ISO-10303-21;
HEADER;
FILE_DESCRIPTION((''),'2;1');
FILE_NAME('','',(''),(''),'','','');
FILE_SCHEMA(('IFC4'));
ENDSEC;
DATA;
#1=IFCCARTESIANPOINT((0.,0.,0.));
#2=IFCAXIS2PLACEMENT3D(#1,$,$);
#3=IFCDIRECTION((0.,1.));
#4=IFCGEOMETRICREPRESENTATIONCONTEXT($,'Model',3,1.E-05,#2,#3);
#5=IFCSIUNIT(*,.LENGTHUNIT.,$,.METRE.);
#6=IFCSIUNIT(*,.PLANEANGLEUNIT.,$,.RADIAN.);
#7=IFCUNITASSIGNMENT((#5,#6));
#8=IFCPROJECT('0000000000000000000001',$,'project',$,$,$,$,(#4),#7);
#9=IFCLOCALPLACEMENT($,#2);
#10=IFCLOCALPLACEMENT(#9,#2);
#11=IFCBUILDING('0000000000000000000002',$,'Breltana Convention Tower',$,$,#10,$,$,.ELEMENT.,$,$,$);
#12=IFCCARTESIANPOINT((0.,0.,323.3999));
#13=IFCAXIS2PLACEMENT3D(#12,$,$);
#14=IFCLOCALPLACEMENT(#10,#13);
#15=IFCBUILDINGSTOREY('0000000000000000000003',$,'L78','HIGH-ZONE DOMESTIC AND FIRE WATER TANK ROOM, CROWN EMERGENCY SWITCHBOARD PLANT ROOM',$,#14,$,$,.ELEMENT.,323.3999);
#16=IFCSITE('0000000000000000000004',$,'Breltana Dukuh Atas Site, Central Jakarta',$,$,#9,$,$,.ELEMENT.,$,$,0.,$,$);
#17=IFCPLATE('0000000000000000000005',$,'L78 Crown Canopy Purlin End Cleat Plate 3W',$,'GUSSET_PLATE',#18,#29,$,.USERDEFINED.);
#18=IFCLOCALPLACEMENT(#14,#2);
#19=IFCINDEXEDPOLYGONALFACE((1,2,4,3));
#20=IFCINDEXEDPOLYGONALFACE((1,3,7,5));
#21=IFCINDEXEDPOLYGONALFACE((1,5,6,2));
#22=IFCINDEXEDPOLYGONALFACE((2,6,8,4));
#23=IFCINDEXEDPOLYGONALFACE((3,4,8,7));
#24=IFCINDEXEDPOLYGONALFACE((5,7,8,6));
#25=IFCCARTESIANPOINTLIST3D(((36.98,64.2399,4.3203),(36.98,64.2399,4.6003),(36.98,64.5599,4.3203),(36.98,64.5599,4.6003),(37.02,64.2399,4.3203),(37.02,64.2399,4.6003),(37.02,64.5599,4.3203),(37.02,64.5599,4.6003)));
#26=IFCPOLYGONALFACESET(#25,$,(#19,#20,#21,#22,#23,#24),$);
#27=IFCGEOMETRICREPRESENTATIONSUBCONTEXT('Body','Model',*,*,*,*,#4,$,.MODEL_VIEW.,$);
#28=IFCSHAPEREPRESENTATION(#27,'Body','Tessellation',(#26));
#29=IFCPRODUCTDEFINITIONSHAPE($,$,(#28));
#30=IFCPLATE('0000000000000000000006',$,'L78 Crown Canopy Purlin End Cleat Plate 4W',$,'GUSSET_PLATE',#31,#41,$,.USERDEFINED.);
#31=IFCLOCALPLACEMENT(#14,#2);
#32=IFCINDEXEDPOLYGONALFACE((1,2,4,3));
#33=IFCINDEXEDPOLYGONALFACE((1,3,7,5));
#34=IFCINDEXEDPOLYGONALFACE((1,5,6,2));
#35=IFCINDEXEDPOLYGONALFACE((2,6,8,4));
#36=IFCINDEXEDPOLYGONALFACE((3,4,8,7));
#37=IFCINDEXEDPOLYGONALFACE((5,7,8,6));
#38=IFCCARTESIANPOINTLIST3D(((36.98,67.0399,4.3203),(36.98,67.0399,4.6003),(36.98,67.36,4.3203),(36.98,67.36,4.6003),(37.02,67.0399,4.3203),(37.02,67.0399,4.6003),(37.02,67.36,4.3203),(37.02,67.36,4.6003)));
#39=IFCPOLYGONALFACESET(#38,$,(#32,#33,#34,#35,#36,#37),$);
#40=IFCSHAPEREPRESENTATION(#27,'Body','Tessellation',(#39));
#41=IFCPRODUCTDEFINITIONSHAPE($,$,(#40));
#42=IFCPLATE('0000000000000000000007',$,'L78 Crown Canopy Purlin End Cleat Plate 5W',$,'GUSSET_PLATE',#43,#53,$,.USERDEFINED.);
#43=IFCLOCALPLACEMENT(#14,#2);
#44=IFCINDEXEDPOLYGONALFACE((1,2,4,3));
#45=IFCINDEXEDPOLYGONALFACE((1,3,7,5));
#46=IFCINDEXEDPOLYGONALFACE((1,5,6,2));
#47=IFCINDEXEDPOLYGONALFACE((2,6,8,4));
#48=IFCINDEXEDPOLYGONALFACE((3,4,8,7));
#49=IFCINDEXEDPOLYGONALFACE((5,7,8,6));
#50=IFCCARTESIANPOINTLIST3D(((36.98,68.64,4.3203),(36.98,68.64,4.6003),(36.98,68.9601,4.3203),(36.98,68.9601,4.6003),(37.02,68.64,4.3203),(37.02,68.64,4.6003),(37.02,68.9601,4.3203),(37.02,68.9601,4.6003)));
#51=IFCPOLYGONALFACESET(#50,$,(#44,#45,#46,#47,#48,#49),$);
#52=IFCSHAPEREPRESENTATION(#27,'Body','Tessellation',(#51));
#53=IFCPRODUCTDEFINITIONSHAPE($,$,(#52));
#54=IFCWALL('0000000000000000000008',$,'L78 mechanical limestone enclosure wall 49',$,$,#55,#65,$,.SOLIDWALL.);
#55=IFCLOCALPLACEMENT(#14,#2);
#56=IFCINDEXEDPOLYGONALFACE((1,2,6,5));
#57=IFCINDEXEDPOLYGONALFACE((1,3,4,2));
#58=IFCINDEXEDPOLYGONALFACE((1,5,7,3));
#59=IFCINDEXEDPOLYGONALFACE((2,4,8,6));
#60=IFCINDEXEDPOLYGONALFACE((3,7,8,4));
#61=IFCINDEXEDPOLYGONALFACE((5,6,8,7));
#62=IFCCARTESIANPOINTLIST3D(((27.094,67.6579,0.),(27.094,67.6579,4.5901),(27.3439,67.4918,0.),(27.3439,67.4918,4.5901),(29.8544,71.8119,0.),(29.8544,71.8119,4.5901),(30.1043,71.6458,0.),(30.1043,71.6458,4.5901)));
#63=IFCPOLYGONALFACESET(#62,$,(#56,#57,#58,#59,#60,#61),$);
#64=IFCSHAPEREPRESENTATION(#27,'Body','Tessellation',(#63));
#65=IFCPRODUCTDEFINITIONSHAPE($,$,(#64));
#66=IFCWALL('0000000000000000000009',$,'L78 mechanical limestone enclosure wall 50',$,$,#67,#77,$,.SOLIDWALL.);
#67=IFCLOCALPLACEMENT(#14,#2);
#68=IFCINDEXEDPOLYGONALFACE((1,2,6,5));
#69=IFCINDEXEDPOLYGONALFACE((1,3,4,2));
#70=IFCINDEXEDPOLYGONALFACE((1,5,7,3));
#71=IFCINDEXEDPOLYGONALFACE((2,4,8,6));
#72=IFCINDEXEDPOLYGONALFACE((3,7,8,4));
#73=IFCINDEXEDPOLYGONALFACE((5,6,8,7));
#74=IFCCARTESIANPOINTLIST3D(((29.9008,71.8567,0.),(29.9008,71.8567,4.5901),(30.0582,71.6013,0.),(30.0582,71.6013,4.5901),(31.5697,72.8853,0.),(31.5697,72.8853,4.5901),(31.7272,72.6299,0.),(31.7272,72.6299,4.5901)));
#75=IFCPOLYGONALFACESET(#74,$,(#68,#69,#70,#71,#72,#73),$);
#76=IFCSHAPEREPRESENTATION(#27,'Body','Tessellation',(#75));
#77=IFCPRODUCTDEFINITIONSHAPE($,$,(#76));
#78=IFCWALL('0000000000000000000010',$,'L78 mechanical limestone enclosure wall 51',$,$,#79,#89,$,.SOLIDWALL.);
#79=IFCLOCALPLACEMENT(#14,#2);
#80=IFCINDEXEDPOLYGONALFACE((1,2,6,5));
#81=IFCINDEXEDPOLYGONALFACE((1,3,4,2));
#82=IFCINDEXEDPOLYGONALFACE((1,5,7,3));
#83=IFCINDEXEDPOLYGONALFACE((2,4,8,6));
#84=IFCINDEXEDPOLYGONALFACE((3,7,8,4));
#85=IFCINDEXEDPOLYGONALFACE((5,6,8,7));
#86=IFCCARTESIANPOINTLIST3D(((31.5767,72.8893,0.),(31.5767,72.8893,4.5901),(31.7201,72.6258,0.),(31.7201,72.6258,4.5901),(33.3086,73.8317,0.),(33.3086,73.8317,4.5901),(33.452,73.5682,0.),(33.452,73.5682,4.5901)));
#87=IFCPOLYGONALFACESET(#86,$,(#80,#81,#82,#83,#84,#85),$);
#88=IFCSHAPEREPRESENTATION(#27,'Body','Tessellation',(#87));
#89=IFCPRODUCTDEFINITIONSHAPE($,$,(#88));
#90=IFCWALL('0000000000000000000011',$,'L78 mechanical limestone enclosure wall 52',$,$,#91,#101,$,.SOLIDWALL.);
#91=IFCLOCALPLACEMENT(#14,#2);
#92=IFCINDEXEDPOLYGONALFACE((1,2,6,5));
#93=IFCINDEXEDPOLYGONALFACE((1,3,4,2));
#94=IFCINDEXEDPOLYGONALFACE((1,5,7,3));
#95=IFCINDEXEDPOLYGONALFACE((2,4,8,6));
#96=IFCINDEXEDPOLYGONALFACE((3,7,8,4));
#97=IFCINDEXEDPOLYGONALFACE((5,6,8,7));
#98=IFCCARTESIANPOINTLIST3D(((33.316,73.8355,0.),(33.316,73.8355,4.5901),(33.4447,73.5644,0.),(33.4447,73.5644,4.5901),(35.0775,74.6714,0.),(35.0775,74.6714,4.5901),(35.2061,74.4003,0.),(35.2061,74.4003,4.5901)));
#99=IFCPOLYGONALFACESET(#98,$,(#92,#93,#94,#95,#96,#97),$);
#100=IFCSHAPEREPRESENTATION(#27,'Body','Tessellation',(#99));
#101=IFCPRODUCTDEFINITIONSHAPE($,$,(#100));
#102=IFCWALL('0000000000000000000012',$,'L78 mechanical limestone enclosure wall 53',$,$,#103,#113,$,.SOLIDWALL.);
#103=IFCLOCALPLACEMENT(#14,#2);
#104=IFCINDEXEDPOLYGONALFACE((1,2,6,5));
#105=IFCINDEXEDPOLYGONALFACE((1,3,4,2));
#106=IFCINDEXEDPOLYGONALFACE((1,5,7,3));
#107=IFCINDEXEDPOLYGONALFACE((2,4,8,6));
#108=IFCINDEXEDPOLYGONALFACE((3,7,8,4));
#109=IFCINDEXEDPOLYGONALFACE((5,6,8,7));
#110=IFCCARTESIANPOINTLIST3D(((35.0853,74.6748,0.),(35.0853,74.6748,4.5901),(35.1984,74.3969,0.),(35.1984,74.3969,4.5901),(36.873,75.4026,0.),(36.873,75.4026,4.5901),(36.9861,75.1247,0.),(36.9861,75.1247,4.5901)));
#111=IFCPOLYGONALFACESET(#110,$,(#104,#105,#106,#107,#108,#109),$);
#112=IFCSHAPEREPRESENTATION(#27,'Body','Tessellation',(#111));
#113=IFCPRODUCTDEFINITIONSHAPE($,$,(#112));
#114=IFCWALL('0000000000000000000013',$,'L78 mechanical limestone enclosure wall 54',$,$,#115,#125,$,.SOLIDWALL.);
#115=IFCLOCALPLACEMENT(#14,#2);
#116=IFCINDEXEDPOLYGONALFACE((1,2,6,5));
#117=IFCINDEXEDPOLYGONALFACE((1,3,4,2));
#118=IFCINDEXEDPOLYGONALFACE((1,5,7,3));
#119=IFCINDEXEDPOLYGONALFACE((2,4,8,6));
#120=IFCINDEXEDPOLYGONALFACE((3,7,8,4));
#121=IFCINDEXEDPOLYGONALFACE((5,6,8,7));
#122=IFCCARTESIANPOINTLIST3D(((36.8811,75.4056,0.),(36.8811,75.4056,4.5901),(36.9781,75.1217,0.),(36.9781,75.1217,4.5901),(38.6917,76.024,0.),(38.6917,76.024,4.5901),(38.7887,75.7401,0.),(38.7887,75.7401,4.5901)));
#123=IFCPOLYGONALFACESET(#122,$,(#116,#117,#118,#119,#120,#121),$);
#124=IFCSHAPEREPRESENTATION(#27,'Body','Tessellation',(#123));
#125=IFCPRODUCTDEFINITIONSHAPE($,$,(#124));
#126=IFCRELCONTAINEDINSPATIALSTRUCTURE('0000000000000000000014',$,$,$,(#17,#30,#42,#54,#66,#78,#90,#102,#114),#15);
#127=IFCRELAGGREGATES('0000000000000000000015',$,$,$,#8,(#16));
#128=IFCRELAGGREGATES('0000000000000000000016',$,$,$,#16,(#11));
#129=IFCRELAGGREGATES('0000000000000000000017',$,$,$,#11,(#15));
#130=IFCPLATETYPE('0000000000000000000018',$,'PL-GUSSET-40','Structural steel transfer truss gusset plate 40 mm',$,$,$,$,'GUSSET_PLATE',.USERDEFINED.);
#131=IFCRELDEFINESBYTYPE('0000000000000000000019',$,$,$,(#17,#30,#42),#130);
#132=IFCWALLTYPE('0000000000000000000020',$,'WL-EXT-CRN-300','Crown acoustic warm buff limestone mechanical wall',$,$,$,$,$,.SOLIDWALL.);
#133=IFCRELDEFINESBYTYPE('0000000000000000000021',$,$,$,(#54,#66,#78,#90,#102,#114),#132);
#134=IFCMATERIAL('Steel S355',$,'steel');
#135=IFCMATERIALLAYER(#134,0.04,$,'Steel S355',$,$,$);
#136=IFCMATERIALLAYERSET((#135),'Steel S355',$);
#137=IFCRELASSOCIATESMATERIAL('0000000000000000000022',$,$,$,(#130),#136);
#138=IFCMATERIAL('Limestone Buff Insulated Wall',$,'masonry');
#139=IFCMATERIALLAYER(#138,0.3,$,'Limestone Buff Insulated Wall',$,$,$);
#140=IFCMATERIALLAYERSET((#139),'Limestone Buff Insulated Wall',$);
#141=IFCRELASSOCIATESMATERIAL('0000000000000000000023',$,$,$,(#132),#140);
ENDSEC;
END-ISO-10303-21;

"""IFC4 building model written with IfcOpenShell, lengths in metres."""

from ifc_helpers import new_model, si_unit, direction, frame, frame_2d, origin, origin_2d, place, context, subcontext, project, spatial, rectangle, extrude, source, transform, mapped, material, layer, layer_set, type_object, element, save


model = new_model("IFC4")

# Units and contexts
model_context = context("Model", 3, precision=1e-05, world=origin(), true_north=direction((0.0, 1.0)))
body_context = subcontext(model_context, "Body", "Model", "MODEL_VIEW")
ifc_project = project(units=[si_unit("LENGTHUNIT", "METRE"), si_unit("PLANEANGLEUNIT", "RADIAN")], contexts=[model_context])

# Site, building, storey
site_placement = place(None, origin())
site = spatial("IfcSite", under=ifc_project, at=site_placement, Name="Breltana Dukuh Atas Site, Central Jakarta", CompositionType="ELEMENT", RefElevation=0.0)
building_placement = place(site_placement, origin())
building = spatial("IfcBuilding", under=site, at=building_placement, Name="Breltana Convention Tower", CompositionType="ELEMENT")
storey_placement = place(building_placement, frame((0.0, 0.0, 323.3999)))
storey = spatial("IfcBuildingStorey", under=building, at=storey_placement, Name="L78", Description="HIGH-ZONE DOMESTIC AND FIRE WATER TANK ROOM, CROWN EMERGENCY SWITCHBOARD PLANT ROOM", CompositionType="ELEMENT", Elevation=323.3999)

# Shared definitions
ifc_material_1 = material(Name="Steel S355", Category="steel")

# Plates
ifc_layer_1 = layer(ifc_material_1, 0.04, Name="Steel S355")
ifc_layer_set_1 = layer_set([ifc_layer_1], Name="Steel S355")
plate_type = type_object("IfcPlateType", Name="PL-GUSSET-40", Description="Structural steel transfer truss gusset plate 40 mm", ElementType="GUSSET_PLATE", PredefinedType="USERDEFINED", material=ifc_layer_set_1)
shared_shape_1 = source(origin(), body_context, "Body", "SweptSolid", [
    extrude(rectangle(XDim=0.04, YDim=0.3201, at=origin_2d()), origin(), (0.0, 0.0, 1.0), 0.28),
])
for number, where, z_axis, x_axis, name in (
    (1, (37.0, 64.3999, 4.3203), (0.0, 0.0, 1.0), (1.0, 0.0, 0.0), "L78 Crown Canopy Purlin End Cleat Plate 3W"),
    (2, (37.0, 67.2, 4.3203), (0.0, 0.0, 1.0), (1.0, 0.0, 0.0), "L78 Crown Canopy Purlin End Cleat Plate 4W"),
    (3, (37.0, 68.8, 4.3203), (0.0, 0.0, 1.0), (1.0, 0.0, 0.0), "L78 Crown Canopy Purlin End Cleat Plate 5W"),
):
    element("IfcPlate", number, at=place(storey_placement, frame(where, z_axis=z_axis, x_axis=x_axis)), inside=storey, type_object=plate_type, Name=name, ObjectType="GUSSET_PLATE", PredefinedType="USERDEFINED", context=body_context, shape_type="MappedRepresentation", body=[
        mapped(shared_shape_1, transform((0.0, 0.0, 0.0), scale=1.0)),
    ])

# Walls
ifc_material_2 = material(Name="Limestone Buff Insulated Wall", Category="masonry")
ifc_layer_2 = layer(ifc_material_2, 0.3, Name="Limestone Buff Insulated Wall")
ifc_layer_set_2 = layer_set([ifc_layer_2], Name="Limestone Buff Insulated Wall")
wall_type = type_object("IfcWallType", Name="WL-EXT-CRN-300", Description="Crown acoustic warm buff limestone mechanical wall", PredefinedType="SOLIDWALL", material=ifc_layer_set_2)
shared_shape_2 = source(origin(), body_context, "Body", "SweptSolid", [
    extrude(rectangle(XDim=4.9875, YDim=0.3, at=frame_2d((2.4937, 0.0))), origin(), (0.0, 0.0, 1.0), 4.5901),
])
wall_1_placement = place(storey_placement, frame((27.219, 67.575, 0.0), z_axis=(0.0, 0.0, 1.0), x_axis=(0.553468, 0.83287, 0.0)))
element("IfcWall", 4, at=wall_1_placement, inside=storey, type_object=wall_type, Name="L78 mechanical limestone enclosure wall 49", PredefinedType="SOLIDWALL", context=body_context, shape_type="MappedRepresentation", body=[
    mapped(shared_shape_2, transform((0.0, 0.0, 0.0), scale=1.0)),
])
shared_shape_3 = source(origin(), body_context, "Body", "SweptSolid", [
    extrude(rectangle(XDim=1.9604, YDim=0.3, at=frame_2d((0.9802, 0.0))), origin(), (0.0, 0.0, 1.0), 4.5901),
])
wall_2_placement = place(storey_placement, frame((29.9795, 71.729, 0.0), z_axis=(0.0, 0.0, 1.0), x_axis=(0.851312, 0.52466, 0.0)))
element("IfcWall", 5, at=wall_2_placement, inside=storey, type_object=wall_type, Name="L78 mechanical limestone enclosure wall 50", PredefinedType="SOLIDWALL", context=body_context, shape_type="MappedRepresentation", body=[
    mapped(shared_shape_3, transform((0.0, 0.0, 0.0), scale=1.0)),
])
shared_shape_4 = source(origin(), body_context, "Body", "SweptSolid", [
    extrude(rectangle(XDim=1.9717, YDim=0.3, at=frame_2d((0.9858, 0.0))), origin(), (0.0, 0.0, 1.0), 4.5901),
])
wall_3_placement = place(storey_placement, frame((31.6484, 72.7576, 0.0), z_axis=(0.0, 0.0, 1.0), x_axis=(0.878387, 0.47795, 0.0)))
element("IfcWall", 6, at=wall_3_placement, inside=storey, type_object=wall_type, Name="L78 mechanical limestone enclosure wall 51", PredefinedType="SOLIDWALL", context=body_context, shape_type="MappedRepresentation", body=[
    mapped(shared_shape_4, transform((0.0, 0.0, 0.0), scale=1.0)),
])
shared_shape_5 = source(origin(), body_context, "Body", "SweptSolid", [
    extrude(rectangle(XDim=1.9497, YDim=0.3, at=frame_2d((0.9749, 0.0))), origin(), (0.0, 0.0, 1.0), 4.5901),
])
wall_4_placement = place(storey_placement, frame((33.3804, 73.7, 0.0), z_axis=(0.0, 0.0, 1.0), x_axis=(0.903429, 0.428738, 0.0)))
element("IfcWall", 7, at=wall_4_placement, inside=storey, type_object=wall_type, Name="L78 mechanical limestone enclosure wall 52", PredefinedType="SOLIDWALL", context=body_context, shape_type="MappedRepresentation", body=[
    mapped(shared_shape_5, transform((0.0, 0.0, 0.0), scale=1.0)),
])
shared_shape_6 = source(origin(), body_context, "Body", "SweptSolid", [
    extrude(rectangle(XDim=1.9302, YDim=0.3, at=frame_2d((0.9651, 0.0))), origin(), (0.0, 0.0, 1.0), 4.5901),
])
wall_5_placement = place(storey_placement, frame((35.1418, 74.5359, 0.0), z_axis=(0.0, 0.0, 1.0), x_axis=(0.9262, 0.377032, 0.0)))
element("IfcWall", 8, at=wall_5_placement, inside=storey, type_object=wall_type, Name="L78 mechanical limestone enclosure wall 53", PredefinedType="SOLIDWALL", context=body_context, shape_type="MappedRepresentation", body=[
    mapped(shared_shape_6, transform((0.0, 0.0, 0.0), scale=1.0)),
])
shared_shape_7 = source(origin(), body_context, "Body", "SweptSolid", [
    extrude(rectangle(XDim=1.9133, YDim=0.3, at=frame_2d((0.9565, 0.0))), origin(), (0.0, 0.0, 1.0), 4.5901),
])
wall_6_placement = place(storey_placement, frame((36.9297, 75.2637, 0.0), z_axis=(0.0, 0.0, 1.0), x_axis=(0.946322, 0.323225, 0.0)))
element("IfcWall", 9, at=wall_6_placement, inside=storey, type_object=wall_type, Name="L78 mechanical limestone enclosure wall 54", PredefinedType="SOLIDWALL", context=body_context, shape_type="MappedRepresentation", body=[
    mapped(shared_shape_7, transform((0.0, 0.0, 0.0), scale=1.0)),
])

save(model, "model.ifc")
